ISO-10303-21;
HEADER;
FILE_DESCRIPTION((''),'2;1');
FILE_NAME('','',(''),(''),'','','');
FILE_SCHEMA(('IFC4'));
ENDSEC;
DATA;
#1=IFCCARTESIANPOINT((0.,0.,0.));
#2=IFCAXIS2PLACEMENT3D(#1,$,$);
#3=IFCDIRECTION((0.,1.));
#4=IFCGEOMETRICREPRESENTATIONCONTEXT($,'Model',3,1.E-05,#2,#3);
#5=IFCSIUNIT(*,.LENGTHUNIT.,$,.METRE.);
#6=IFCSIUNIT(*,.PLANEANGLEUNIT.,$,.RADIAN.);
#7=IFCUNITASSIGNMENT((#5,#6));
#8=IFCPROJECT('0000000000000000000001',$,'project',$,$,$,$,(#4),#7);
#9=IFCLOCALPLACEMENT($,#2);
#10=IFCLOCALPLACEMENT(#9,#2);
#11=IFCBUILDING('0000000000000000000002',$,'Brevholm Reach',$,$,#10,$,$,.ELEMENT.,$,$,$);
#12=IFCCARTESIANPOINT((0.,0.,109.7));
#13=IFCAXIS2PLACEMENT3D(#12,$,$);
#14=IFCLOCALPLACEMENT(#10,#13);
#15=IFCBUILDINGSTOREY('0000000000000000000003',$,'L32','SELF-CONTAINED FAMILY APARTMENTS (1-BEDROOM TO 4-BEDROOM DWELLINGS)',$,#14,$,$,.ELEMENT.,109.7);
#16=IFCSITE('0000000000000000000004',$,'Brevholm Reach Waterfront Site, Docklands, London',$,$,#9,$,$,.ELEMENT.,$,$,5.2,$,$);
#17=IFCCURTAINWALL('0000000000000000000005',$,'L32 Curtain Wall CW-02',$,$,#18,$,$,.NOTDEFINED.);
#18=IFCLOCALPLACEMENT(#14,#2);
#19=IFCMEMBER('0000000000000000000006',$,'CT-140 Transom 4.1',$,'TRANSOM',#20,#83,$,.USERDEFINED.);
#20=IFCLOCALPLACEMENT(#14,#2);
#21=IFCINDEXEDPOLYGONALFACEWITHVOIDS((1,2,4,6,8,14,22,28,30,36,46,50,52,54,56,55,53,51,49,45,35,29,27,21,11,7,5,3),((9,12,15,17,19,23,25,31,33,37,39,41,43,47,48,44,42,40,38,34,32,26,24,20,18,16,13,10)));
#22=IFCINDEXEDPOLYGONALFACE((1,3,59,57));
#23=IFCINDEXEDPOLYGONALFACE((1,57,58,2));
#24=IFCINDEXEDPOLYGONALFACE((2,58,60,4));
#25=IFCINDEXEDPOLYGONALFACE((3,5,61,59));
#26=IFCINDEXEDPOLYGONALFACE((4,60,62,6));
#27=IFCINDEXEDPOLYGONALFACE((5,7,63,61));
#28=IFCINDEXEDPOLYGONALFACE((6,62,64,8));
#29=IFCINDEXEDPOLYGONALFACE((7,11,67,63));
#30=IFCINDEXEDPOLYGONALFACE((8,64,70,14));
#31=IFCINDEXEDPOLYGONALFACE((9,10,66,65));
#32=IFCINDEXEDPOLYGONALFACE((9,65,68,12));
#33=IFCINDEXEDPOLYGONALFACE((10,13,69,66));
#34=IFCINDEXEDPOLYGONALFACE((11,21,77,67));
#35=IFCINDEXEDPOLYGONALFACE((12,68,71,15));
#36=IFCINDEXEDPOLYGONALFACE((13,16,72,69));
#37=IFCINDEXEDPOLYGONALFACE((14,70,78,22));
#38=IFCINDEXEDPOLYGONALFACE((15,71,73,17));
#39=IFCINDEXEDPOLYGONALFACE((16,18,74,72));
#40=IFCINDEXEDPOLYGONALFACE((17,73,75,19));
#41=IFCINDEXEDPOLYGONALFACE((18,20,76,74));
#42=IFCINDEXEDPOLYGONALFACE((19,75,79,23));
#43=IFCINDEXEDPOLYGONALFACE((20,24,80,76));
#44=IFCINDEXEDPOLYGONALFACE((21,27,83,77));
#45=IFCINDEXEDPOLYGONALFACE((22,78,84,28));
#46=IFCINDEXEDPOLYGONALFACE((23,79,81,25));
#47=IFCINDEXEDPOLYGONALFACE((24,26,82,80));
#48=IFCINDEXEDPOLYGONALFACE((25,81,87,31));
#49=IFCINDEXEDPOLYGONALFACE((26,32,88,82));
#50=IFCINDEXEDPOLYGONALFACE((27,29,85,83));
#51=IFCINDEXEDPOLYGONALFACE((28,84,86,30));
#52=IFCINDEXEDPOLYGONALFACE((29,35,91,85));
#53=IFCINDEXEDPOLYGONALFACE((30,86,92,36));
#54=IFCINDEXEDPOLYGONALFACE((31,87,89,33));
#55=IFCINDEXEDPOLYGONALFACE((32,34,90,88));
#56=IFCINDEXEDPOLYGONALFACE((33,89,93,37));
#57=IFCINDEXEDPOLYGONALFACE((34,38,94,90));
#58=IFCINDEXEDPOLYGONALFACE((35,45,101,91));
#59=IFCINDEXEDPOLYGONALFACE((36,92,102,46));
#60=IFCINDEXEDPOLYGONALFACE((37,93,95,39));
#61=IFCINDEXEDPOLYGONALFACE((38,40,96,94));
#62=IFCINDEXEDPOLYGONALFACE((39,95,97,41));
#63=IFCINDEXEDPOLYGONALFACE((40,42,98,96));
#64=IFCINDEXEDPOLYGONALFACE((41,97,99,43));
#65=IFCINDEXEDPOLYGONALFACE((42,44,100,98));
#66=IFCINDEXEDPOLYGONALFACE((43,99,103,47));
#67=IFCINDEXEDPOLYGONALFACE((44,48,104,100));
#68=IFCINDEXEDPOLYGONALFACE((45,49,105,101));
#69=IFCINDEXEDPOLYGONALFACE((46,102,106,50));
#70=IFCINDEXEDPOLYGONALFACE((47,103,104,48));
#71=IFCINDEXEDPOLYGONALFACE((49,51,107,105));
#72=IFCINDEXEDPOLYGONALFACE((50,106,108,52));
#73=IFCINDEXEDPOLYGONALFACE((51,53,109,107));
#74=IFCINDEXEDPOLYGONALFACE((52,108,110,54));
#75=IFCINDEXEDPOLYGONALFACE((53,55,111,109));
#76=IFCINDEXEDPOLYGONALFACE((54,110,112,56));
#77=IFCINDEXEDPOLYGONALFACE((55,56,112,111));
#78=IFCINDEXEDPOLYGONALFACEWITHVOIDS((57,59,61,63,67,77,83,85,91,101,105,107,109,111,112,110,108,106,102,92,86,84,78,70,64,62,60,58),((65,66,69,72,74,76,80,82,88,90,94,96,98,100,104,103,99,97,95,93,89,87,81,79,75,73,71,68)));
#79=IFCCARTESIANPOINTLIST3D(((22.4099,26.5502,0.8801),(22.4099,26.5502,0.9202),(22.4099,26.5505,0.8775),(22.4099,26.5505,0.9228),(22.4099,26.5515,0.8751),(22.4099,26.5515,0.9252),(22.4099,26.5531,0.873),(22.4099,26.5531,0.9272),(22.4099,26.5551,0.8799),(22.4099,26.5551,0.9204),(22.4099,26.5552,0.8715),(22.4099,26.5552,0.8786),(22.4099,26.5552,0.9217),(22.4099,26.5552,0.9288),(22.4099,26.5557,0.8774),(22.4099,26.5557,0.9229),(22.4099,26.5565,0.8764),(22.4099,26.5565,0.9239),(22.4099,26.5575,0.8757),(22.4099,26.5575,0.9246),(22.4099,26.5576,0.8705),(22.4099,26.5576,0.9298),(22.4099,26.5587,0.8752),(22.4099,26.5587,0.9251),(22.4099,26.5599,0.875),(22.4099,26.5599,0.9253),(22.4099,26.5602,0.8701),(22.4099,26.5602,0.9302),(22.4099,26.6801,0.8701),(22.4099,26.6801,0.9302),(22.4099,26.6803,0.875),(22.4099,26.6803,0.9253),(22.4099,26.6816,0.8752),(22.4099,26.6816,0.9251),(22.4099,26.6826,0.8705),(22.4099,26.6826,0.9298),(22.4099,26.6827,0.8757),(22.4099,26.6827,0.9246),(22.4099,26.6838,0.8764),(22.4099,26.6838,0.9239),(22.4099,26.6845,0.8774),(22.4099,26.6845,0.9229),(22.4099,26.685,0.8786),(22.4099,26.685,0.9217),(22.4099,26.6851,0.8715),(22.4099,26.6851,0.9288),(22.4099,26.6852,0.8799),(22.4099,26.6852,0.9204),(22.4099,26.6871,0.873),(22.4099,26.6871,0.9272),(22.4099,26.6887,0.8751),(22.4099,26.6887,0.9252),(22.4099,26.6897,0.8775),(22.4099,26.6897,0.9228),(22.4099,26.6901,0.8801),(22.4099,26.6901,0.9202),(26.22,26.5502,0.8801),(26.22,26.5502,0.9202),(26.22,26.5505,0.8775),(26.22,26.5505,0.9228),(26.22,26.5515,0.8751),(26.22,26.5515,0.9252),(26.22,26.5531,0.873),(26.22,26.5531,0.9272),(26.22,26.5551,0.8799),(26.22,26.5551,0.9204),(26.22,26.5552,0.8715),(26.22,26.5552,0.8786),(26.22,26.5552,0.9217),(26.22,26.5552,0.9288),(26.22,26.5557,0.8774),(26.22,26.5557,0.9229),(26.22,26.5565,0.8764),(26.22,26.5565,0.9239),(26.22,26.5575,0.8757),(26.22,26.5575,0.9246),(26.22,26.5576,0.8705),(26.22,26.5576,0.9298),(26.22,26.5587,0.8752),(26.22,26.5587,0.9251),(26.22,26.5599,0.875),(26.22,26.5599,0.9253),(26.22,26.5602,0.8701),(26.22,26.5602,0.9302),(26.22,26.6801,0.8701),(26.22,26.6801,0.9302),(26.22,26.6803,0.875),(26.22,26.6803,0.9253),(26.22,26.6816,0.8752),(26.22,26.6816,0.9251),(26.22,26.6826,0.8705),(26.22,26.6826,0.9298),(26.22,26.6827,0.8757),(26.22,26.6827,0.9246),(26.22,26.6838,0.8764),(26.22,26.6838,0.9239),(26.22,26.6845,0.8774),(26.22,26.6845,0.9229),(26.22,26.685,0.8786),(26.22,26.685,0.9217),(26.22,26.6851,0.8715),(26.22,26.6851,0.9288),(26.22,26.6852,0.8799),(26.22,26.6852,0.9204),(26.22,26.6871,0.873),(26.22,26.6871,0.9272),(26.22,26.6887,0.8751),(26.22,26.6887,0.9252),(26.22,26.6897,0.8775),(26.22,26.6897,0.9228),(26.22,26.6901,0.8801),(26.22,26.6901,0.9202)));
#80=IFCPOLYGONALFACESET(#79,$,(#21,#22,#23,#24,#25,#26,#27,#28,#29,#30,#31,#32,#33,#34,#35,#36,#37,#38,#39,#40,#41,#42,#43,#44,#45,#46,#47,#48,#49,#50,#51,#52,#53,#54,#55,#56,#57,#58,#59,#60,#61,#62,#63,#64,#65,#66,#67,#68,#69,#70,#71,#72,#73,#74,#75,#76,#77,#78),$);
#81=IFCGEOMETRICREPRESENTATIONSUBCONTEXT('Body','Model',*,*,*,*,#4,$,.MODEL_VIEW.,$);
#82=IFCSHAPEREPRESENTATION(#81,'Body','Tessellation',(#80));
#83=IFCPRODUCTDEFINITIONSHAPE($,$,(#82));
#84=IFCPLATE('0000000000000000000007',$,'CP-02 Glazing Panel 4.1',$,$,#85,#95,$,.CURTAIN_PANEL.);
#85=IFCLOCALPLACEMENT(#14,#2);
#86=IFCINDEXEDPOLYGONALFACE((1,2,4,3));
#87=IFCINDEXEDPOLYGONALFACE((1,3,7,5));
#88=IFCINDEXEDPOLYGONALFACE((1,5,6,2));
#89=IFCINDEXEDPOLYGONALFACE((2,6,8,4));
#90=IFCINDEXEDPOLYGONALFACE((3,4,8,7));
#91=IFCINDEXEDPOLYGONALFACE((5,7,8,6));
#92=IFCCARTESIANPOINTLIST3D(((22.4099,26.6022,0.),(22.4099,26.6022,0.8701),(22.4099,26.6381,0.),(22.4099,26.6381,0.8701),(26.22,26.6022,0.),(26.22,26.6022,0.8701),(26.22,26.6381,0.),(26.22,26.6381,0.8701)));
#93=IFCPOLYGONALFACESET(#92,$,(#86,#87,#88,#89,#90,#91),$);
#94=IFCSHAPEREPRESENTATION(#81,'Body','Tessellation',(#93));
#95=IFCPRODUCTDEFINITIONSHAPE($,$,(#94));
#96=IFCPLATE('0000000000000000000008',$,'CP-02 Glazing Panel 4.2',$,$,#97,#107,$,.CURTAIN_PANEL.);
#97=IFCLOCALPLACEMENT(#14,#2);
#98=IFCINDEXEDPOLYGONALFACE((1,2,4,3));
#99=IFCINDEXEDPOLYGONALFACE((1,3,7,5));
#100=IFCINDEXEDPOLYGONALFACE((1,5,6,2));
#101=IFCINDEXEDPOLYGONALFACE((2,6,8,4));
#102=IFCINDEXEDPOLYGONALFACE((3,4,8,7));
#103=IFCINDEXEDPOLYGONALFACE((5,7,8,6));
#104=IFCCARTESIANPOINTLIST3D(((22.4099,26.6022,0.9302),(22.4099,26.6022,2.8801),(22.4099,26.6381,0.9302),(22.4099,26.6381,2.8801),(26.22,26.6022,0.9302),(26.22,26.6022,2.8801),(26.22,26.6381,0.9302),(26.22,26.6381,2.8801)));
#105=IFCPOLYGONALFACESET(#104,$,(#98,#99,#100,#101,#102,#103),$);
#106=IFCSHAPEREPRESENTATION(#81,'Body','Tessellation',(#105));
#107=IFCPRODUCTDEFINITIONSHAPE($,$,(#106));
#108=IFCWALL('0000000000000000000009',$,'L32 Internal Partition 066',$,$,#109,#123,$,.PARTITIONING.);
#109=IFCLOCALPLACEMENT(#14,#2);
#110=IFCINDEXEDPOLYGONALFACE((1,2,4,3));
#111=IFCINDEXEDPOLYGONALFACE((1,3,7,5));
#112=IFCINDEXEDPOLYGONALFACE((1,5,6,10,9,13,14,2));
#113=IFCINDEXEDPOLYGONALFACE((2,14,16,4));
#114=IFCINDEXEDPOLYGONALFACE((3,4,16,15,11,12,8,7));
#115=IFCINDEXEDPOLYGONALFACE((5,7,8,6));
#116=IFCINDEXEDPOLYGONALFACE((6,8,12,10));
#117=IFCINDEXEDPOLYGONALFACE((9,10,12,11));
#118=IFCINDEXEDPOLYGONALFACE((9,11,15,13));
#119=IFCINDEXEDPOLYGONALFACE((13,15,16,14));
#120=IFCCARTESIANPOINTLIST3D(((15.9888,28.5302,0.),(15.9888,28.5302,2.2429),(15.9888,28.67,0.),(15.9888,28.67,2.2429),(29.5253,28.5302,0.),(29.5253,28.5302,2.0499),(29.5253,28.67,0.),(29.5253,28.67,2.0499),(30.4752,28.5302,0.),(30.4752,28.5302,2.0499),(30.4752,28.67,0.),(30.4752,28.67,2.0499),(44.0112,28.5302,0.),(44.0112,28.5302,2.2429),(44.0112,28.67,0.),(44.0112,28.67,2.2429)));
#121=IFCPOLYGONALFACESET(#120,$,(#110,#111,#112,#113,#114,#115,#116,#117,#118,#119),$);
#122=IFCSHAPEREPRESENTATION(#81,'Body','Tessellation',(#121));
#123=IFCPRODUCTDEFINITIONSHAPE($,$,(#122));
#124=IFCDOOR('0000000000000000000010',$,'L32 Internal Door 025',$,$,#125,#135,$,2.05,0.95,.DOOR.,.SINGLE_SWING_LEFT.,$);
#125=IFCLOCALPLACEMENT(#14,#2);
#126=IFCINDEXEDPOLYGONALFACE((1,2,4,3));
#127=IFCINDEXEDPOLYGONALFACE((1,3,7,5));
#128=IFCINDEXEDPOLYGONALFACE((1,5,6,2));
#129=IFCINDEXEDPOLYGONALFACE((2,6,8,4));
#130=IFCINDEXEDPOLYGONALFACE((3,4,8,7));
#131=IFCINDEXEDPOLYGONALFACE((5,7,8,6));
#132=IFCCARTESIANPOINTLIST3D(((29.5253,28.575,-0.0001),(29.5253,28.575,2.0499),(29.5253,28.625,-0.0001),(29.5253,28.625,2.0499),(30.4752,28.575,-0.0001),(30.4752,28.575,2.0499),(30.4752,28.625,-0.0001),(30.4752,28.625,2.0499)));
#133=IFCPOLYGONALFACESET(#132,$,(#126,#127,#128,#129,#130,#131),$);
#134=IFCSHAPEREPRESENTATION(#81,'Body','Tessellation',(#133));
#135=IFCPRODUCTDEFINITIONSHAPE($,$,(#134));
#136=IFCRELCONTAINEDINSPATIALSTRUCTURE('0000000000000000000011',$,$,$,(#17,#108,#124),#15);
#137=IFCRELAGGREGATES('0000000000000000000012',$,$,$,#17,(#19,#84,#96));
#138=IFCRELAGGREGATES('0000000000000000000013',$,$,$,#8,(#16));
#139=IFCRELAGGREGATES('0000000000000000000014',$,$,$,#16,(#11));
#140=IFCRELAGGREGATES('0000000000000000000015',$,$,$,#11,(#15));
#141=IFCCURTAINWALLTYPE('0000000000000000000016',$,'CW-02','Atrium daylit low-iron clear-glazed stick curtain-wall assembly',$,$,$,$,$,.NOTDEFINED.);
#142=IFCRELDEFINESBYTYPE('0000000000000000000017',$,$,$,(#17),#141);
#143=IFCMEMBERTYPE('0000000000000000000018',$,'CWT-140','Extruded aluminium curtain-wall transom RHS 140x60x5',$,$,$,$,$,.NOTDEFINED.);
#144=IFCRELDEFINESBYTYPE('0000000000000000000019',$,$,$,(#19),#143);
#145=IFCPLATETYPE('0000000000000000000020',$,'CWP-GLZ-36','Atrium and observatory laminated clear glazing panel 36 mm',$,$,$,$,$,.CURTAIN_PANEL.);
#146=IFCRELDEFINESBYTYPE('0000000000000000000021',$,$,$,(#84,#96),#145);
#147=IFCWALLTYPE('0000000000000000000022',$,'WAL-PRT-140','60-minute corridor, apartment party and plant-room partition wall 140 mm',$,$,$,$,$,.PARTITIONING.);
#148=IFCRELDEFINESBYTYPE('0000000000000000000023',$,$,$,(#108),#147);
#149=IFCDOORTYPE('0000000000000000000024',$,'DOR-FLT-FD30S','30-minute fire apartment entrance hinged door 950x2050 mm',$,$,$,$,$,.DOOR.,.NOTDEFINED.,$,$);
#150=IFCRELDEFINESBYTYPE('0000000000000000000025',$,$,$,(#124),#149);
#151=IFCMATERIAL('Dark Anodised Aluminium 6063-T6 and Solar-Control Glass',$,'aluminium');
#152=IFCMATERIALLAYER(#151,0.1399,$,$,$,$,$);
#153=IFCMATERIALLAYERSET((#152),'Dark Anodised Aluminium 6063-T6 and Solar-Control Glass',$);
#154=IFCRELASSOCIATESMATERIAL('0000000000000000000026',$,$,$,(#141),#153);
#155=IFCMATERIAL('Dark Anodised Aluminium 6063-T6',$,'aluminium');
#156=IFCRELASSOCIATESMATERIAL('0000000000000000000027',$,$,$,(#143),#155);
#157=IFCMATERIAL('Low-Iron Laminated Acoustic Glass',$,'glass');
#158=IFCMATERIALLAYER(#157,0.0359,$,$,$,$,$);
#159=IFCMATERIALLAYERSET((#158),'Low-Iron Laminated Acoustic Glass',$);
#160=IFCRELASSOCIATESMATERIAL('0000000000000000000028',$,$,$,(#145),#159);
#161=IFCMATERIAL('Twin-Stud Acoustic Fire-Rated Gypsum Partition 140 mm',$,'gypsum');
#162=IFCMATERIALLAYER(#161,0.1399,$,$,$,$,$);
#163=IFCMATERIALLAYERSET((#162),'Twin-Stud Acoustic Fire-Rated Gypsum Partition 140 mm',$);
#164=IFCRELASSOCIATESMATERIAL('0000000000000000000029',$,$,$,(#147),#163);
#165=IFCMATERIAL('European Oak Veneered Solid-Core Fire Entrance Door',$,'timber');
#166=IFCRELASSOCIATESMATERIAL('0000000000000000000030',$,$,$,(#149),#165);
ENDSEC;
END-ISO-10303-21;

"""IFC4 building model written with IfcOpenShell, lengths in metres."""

from ifc_helpers import new_model, si_unit, direction, frame, frame_2d, origin, origin_2d, place, context, subcontext, project, spatial, rectangle, hollow_rectangle, extrude, material, layer, layer_set, material_profile, profile_set, type_object, element, fill, aggregate, save


model = new_model("IFC4")

# Units and contexts
model_context = context("Model", 3, precision=1e-05, world=origin(), true_north=direction((0.0, 1.0)))
body_context = subcontext(model_context, "Body", "Model", "MODEL_VIEW")
ifc_project = project(units=[si_unit("LENGTHUNIT", "METRE"), si_unit("PLANEANGLEUNIT", "RADIAN")], contexts=[model_context])

# Site, building, storey
site_placement = place(None, origin())
site = spatial("IfcSite", under=ifc_project, at=site_placement, Name="Brevholm Reach Waterfront Site, Docklands, London", CompositionType="ELEMENT", RefElevation=5.2)
building_placement = place(site_placement, origin())
building = spatial("IfcBuilding", under=site, at=building_placement, Name="Brevholm Reach", CompositionType="ELEMENT")
storey_placement = place(building_placement, frame((0.0, 0.0, 109.7)))
storey = spatial("IfcBuildingStorey", under=building, at=storey_placement, Name="L32", Description="SELF-CONTAINED FAMILY APARTMENTS (1-BEDROOM TO 4-BEDROOM DWELLINGS)", CompositionType="ELEMENT", Elevation=109.7)

# Curtain wall, member, plates
ifc_material_1 = material(Name="Dark Anodised Aluminium 6063-T6 and Solar-Control Glass", Category="aluminium")
ifc_layer_1 = layer(ifc_material_1, 0.1399)
ifc_layer_set_1 = layer_set([ifc_layer_1], Name="Dark Anodised Aluminium 6063-T6 and Solar-Control Glass")
curtain_wall_type = type_object("IfcCurtainWallType", Name="CW-02", Description="Atrium daylit low-iron clear-glazed stick curtain-wall assembly", PredefinedType="NOTDEFINED", material=ifc_layer_set_1)
curtain_wall_placement = place(storey_placement, origin())
curtain_wall = element("IfcCurtainWall", 1, at=curtain_wall_placement, inside=storey, type_object=curtain_wall_type, Name="L32 Curtain Wall CW-02", PredefinedType="NOTDEFINED")
ifc_material_2 = material(Name="Dark Anodised Aluminium 6063-T6", Category="aluminium")
ifc_material_profile_1 = material_profile(ifc_material_2, hollow_rectangle(XDim=0.0601, YDim=0.1399, WallThickness=0.0049, InnerFilletRadius=0.0049, OuterFilletRadius=0.01, at=origin_2d()), Name="RHS 140x60x5")
ifc_profile_set_1 = profile_set([ifc_material_profile_1], Name="Dark Anodised Aluminium 6063-T6")
member_type_1 = type_object("IfcMemberType", Name="CWT-140", Description="Extruded aluminium curtain-wall transom RHS 140x60x5", PredefinedType="NOTDEFINED", material=ifc_profile_set_1)
member_1_placement = place(storey_placement, frame((26.22, 26.6201, 0.9001), z_axis=(-1.0, 0.0, 0.0), x_axis=(0.0, 0.0, 1.0)))
member_1 = element("IfcMember", 2, at=member_1_placement, type_object=member_type_1, Name="CT-140 Transom 4.1", ObjectType="TRANSOM", PredefinedType="USERDEFINED", context=body_context, shape_type="SweptSolid", body=[
    extrude(hollow_rectangle(XDim=0.0601, YDim=0.1399, WallThickness=0.0049, InnerFilletRadius=0.0049, OuterFilletRadius=0.01, at=origin_2d()), origin(), (0.0, 0.0, 1.0), 3.8101),
])
ifc_material_3 = material(Name="Low-Iron Laminated Acoustic Glass", Category="glass")
ifc_layer_2 = layer(ifc_material_3, 0.0359)
ifc_layer_set_2 = layer_set([ifc_layer_2], Name="Low-Iron Laminated Acoustic Glass")
plate_type = type_object("IfcPlateType", Name="CWP-GLZ-36", Description="Atrium and observatory laminated clear glazing panel 36 mm", PredefinedType="CURTAIN_PANEL", material=ifc_layer_set_2)
plate_1_placement = place(storey_placement, frame((24.3149, 26.6201, 0.0), z_axis=(0.0, 0.0, 1.0), x_axis=(-1.0, 0.0, 0.0)))
plate_1 = element("IfcPlate", 3, at=plate_1_placement, type_object=plate_type, Name="CP-02 Glazing Panel 4.1", PredefinedType="CURTAIN_PANEL", context=body_context, shape_type="SweptSolid", body=[
    extrude(rectangle(XDim=3.8101, YDim=0.0359, at=origin_2d()), origin(), (0.0, 0.0, 1.0), 0.8701),
])
plate_2_placement = place(storey_placement, frame((24.3149, 26.6201, 0.9302), z_axis=(0.0, 0.0, 1.0), x_axis=(-1.0, 0.0, 0.0)))
plate_2 = element("IfcPlate", 4, at=plate_2_placement, type_object=plate_type, Name="CP-02 Glazing Panel 4.2", PredefinedType="CURTAIN_PANEL", context=body_context, shape_type="SweptSolid", body=[
    extrude(rectangle(XDim=3.8101, YDim=0.0359, at=origin_2d()), origin(), (0.0, 0.0, 1.0), 1.95),
])
aggregate(curtain_wall, [member_1, plate_1, plate_2])

# Wall, opening, door
ifc_material_4 = material(Name="Twin-Stud Acoustic Fire-Rated Gypsum Partition 140 mm", Category="gypsum")
ifc_layer_3 = layer(ifc_material_4, 0.1399)
ifc_layer_set_3 = layer_set([ifc_layer_3], Name="Twin-Stud Acoustic Fire-Rated Gypsum Partition 140 mm")
wall_type = type_object("IfcWallType", Name="WAL-PRT-140", Description="60-minute corridor, apartment party and plant-room partition wall 140 mm", PredefinedType="PARTITIONING", material=ifc_layer_set_3)
wall_placement = place(storey_placement, frame((15.9888, 28.6001, 0.0), z_axis=(0.0, 0.0, 1.0), x_axis=(1.0, 0.0, 0.0)))
wall = element("IfcWall", 5, at=wall_placement, inside=storey, type_object=wall_type, Name="L32 Internal Partition 066", PredefinedType="PARTITIONING", context=body_context, shape_type="SweptSolid", body=[
    extrude(rectangle(XDim=28.0225, YDim=0.1399, at=frame_2d((14.0112, 0.0))), origin(), (0.0, 0.0, 1.0), 2.2429),
])
opening_placement = place(wall_placement, frame((13.5364, 0.0, 0.0)))
opening = element("IfcOpeningElement", 6, at=opening_placement, cuts=wall, PredefinedType="OPENING", context=body_context, shape_type="SweptSolid", body=[
    extrude(rectangle(XDim=0.95, YDim=2.05, at=frame_2d((0.4751, 1.0249))), frame((0.0, 0.0798, 0.0), z_axis=(0.0, -1.0, 0.0), x_axis=(1.0, 0.0, 0.0)), (0.0, 0.0, 1.0), 0.1599),
])
ifc_material_5 = material(Name="European Oak Veneered Solid-Core Fire Entrance Door", Category="timber")
door_type = type_object("IfcDoorType", Name="DOR-FLT-FD30S", Description="30-minute fire apartment entrance hinged door 950x2050 mm", OperationType="NOTDEFINED", PredefinedType="DOOR", material=ifc_material_5)
door_placement = place(opening_placement, origin())
door = element("IfcDoor", 7, at=door_placement, inside=storey, type_object=door_type, Name="L32 Internal Door 025", OperationType="SINGLE_SWING_LEFT", OverallHeight=2.05, OverallWidth=0.95, PredefinedType="DOOR", context=body_context, shape_type="SweptSolid", body=[
    extrude(rectangle(XDim=0.95, YDim=2.05, at=frame_2d((0.4751, 1.0249))), frame((0.0, 0.0249, 0.0), z_axis=(0.0, -1.0, 0.0), x_axis=(1.0, 0.0, 0.0)), (0.0, 0.0, 1.0), 0.05),
])
fill(opening, door)

save(model, "model.ifc")
